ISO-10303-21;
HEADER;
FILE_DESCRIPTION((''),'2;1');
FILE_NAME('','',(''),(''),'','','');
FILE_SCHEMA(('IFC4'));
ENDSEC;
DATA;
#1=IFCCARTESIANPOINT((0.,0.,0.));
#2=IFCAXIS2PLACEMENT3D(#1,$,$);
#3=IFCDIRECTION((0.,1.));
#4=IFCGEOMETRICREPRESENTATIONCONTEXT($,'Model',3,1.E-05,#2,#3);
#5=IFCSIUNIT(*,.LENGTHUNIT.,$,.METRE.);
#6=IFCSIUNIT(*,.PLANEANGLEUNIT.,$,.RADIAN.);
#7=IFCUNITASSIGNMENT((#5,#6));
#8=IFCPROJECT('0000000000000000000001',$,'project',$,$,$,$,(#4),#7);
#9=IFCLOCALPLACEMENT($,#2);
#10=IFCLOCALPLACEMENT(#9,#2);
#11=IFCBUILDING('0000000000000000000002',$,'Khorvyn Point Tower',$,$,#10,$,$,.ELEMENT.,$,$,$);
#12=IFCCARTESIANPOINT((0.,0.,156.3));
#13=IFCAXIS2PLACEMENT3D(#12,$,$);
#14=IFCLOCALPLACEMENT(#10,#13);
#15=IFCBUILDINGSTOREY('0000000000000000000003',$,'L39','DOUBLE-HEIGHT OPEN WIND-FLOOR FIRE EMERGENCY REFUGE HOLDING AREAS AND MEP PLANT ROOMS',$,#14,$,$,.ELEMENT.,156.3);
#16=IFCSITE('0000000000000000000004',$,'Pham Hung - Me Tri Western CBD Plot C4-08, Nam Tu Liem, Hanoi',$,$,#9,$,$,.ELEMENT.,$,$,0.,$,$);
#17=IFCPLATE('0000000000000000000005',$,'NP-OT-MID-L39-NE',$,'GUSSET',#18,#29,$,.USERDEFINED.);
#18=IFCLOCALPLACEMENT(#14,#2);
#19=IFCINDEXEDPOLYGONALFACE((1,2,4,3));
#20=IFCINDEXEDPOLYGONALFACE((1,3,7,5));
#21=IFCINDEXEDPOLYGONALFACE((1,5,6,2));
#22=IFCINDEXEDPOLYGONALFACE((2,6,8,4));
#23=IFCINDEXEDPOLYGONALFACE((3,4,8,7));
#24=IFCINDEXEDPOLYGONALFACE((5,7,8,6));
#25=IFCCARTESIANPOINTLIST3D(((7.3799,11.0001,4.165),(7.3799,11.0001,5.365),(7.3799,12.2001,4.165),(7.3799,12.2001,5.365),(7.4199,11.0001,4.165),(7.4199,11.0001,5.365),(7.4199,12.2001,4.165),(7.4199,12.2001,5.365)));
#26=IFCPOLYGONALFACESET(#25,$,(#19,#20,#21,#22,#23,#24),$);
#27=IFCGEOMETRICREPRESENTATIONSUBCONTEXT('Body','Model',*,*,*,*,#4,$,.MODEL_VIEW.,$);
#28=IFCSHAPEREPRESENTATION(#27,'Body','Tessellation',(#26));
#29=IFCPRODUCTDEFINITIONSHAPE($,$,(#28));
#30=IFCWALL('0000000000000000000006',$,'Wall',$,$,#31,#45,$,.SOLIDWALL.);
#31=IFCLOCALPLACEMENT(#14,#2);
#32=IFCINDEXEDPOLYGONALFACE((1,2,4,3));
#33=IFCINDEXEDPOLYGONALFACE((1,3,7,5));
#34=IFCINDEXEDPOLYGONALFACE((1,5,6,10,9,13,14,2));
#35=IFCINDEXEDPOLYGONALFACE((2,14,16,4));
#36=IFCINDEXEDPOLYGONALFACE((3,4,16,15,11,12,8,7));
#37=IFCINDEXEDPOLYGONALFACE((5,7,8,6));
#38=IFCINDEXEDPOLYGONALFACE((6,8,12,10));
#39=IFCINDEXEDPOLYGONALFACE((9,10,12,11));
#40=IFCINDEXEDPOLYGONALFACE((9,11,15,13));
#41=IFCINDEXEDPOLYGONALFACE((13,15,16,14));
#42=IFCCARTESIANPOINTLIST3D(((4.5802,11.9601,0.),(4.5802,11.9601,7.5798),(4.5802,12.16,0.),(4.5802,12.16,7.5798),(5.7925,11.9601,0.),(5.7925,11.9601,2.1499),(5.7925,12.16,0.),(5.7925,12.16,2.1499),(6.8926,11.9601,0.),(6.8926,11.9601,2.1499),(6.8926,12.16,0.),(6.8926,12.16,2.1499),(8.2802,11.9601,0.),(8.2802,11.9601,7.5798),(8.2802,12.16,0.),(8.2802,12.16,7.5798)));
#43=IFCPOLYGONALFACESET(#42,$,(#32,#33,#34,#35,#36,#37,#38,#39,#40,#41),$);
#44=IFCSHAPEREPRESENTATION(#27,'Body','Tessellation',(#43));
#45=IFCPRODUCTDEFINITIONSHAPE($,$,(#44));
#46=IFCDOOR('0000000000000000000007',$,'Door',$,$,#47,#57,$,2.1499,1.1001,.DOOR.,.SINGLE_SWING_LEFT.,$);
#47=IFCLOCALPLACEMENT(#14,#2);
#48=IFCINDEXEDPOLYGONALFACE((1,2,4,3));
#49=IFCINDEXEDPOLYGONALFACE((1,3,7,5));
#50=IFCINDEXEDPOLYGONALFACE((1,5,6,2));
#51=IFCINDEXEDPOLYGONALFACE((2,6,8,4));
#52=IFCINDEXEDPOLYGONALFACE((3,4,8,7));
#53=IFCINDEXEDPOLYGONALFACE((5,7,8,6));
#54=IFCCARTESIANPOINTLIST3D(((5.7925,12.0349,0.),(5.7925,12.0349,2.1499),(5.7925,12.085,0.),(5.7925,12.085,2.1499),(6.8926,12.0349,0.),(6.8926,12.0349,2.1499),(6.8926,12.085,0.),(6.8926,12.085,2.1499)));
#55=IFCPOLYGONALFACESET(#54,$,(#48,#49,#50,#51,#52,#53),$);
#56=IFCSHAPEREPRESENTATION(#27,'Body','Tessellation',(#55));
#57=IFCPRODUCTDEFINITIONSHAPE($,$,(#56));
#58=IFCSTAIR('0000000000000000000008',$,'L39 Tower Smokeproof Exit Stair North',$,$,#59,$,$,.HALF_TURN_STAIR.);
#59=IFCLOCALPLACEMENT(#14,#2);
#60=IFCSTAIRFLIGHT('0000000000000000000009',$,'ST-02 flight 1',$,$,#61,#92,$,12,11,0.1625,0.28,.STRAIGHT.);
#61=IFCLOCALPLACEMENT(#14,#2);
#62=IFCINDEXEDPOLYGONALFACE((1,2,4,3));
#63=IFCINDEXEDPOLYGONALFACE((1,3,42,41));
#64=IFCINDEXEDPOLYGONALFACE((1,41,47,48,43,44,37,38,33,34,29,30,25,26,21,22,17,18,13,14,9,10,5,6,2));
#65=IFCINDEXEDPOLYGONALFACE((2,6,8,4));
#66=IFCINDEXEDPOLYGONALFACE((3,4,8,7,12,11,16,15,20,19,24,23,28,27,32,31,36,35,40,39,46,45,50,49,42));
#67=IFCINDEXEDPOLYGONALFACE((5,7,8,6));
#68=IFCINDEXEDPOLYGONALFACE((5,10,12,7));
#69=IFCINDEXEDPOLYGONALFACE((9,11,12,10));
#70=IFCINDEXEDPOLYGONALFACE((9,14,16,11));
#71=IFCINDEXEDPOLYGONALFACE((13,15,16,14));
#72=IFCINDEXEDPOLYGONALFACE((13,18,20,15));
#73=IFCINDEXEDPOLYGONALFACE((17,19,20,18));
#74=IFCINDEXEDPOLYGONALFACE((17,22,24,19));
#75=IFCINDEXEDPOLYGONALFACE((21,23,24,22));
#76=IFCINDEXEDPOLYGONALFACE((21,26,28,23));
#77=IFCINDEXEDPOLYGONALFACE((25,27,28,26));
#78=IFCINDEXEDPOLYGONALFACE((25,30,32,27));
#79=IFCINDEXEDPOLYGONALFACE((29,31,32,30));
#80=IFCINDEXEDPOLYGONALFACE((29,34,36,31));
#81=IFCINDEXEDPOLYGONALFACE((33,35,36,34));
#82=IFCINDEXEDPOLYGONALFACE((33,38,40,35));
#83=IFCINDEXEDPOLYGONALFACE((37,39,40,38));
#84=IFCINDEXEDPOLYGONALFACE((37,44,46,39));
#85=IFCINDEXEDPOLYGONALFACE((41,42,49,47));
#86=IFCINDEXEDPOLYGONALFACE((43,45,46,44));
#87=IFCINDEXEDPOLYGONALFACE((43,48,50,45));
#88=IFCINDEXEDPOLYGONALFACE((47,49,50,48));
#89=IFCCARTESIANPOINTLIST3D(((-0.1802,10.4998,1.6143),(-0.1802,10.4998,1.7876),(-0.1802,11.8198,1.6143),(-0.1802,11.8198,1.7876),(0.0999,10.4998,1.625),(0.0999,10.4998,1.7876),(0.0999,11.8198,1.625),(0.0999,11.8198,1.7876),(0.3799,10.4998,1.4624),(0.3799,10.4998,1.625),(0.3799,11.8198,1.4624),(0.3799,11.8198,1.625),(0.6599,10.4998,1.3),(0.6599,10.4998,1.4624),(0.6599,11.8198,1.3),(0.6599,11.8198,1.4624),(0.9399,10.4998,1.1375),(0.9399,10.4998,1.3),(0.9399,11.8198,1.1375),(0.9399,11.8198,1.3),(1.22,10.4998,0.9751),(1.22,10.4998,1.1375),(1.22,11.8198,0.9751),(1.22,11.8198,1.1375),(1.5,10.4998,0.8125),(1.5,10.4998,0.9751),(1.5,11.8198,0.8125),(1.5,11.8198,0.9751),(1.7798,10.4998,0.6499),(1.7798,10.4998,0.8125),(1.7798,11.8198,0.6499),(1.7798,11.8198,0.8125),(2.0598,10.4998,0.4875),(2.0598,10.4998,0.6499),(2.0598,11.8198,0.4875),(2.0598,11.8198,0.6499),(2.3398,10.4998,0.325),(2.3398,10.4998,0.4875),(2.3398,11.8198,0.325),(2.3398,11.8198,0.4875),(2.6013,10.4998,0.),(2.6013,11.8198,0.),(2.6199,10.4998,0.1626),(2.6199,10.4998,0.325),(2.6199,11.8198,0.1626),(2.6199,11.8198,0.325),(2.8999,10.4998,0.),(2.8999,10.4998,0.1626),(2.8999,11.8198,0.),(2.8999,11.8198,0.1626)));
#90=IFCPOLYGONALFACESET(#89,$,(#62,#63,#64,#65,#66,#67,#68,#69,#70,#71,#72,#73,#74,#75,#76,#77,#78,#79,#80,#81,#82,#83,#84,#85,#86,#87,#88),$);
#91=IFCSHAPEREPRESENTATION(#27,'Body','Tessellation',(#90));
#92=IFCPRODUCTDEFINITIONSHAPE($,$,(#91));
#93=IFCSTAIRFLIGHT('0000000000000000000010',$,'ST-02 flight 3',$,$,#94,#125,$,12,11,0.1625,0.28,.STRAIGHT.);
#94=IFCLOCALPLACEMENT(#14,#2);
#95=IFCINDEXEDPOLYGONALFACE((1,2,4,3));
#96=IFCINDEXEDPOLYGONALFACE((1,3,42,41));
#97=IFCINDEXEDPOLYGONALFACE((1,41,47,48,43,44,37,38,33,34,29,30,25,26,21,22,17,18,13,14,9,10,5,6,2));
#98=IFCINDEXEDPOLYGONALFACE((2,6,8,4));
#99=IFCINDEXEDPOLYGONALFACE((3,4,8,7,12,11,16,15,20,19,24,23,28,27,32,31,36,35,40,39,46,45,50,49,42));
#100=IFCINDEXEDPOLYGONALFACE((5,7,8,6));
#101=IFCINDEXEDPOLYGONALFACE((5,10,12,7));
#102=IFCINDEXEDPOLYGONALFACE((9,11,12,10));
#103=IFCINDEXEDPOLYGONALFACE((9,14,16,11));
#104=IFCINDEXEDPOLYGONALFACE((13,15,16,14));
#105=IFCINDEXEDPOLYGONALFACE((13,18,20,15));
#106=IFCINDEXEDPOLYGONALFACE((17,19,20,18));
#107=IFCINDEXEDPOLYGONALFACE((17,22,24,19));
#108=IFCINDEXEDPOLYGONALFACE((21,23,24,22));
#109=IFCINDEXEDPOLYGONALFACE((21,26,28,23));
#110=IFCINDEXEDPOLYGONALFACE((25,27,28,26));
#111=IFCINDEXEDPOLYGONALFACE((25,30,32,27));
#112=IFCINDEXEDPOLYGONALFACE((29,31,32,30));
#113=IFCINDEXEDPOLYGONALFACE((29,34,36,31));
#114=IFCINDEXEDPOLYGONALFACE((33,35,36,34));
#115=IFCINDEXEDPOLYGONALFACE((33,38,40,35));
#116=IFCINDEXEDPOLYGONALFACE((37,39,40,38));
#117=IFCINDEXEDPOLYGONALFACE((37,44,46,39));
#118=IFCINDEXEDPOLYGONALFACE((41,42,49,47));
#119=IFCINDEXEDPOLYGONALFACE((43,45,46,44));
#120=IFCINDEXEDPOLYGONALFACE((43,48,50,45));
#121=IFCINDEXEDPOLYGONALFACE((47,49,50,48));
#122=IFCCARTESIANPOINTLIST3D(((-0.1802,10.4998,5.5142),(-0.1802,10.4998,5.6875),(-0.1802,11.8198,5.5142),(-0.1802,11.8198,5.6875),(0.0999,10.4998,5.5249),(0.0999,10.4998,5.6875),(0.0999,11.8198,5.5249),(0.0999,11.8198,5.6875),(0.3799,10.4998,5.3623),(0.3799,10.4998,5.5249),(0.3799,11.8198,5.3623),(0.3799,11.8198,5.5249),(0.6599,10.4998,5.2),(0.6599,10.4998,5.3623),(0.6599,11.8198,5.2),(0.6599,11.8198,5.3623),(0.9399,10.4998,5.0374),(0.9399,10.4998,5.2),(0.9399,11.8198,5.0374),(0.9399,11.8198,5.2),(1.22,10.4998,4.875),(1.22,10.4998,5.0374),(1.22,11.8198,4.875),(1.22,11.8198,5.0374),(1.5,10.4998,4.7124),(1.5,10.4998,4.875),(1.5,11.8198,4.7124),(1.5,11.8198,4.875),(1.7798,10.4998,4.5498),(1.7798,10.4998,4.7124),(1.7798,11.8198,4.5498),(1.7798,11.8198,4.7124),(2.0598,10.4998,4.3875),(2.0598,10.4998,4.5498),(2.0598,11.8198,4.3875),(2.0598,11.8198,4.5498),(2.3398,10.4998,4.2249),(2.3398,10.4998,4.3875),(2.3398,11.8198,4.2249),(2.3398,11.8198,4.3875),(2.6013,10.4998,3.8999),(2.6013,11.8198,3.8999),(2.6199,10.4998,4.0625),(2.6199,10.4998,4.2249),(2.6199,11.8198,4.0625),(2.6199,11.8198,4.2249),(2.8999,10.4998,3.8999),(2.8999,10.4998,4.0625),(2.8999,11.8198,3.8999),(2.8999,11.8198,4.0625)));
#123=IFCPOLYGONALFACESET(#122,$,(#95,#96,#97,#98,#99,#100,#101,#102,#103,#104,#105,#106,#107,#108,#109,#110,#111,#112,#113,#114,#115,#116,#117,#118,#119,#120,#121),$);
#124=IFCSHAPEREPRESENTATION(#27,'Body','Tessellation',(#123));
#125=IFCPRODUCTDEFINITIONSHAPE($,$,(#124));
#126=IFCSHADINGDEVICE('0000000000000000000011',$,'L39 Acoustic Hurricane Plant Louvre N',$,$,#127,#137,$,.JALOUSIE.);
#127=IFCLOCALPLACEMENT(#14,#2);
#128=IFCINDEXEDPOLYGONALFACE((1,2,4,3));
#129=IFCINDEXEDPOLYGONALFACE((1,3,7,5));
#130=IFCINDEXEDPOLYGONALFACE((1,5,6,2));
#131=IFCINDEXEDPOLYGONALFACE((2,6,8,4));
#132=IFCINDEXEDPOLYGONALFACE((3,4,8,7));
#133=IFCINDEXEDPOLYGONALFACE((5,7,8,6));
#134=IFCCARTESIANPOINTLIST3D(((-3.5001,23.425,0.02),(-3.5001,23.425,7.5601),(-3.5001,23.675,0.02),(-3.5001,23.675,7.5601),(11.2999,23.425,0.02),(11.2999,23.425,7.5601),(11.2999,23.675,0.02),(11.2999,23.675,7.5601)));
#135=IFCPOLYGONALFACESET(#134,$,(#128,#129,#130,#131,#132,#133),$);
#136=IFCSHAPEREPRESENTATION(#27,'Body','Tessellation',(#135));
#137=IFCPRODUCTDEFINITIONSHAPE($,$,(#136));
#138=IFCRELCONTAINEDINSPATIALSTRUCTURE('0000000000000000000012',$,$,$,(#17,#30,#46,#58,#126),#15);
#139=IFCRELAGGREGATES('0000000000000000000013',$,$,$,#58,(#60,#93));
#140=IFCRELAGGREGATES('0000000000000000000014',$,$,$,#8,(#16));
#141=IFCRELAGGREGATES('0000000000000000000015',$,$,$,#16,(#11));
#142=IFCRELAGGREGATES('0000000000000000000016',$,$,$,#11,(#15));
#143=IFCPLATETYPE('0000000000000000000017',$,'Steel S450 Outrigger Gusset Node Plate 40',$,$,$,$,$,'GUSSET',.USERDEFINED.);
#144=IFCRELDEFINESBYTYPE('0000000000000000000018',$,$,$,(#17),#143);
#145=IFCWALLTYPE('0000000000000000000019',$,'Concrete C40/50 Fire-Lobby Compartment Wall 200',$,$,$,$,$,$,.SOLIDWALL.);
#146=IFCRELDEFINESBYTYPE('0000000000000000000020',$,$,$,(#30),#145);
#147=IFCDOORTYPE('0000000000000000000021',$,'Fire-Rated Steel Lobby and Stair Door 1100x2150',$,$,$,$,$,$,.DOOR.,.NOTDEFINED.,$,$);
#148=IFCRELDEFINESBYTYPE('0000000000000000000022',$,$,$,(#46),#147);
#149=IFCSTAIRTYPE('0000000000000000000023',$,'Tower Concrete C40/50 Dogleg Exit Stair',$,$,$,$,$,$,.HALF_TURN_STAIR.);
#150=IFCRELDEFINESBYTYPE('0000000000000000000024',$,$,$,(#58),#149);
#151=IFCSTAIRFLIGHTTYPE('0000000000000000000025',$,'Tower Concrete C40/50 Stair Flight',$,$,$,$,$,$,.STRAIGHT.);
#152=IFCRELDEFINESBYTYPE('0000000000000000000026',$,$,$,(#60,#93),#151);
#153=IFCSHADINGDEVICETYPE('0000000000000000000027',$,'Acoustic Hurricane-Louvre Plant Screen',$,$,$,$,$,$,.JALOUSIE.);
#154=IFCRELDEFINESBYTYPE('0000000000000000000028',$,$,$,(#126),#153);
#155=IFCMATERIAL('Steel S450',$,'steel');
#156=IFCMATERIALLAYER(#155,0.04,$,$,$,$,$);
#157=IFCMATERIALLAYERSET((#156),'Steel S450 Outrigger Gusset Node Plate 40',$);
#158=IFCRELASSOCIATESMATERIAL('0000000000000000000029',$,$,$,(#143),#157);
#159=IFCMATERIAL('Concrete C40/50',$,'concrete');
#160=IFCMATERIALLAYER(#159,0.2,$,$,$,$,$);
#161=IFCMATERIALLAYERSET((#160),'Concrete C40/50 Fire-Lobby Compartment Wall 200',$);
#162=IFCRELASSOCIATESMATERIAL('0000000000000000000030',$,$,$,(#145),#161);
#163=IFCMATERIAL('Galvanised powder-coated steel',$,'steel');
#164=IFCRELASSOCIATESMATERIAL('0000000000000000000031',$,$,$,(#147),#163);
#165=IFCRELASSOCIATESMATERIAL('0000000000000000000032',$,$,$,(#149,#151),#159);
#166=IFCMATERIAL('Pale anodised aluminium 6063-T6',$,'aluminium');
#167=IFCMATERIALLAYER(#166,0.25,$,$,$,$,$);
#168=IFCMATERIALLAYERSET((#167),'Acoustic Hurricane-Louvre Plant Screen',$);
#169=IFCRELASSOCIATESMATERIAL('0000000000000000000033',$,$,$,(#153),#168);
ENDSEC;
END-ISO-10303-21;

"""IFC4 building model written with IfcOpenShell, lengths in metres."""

from ifc_helpers import new_model, si_unit, direction, frame, frame_2d, origin, origin_2d, place, context, subcontext, project, spatial, polyline, rectangle, outline, extrude, material, layer, layer_set, type_object, element, fill, aggregate, save


model = new_model("IFC4")

# Units and contexts
model_context = context("Model", 3, precision=1e-05, world=origin(), true_north=direction((0.0, 1.0)))
body_context = subcontext(model_context, "Body", "Model", "MODEL_VIEW")
ifc_project = project(units=[si_unit("LENGTHUNIT", "METRE"), si_unit("PLANEANGLEUNIT", "RADIAN")], contexts=[model_context])

# Site, building, storey
site_placement = place(None, origin())
site = spatial("IfcSite", under=ifc_project, at=site_placement, Name="Pham Hung - Me Tri Western CBD Plot C4-08, Nam Tu Liem, Hanoi", CompositionType="ELEMENT", RefElevation=0.0)
building_placement = place(site_placement, origin())
building = spatial("IfcBuilding", under=site, at=building_placement, Name="Khorvyn Point Tower", CompositionType="ELEMENT")
storey_placement = place(building_placement, frame((0.0, 0.0, 156.3)))
storey = spatial("IfcBuildingStorey", under=building, at=storey_placement, Name="L39", Description="DOUBLE-HEIGHT OPEN WIND-FLOOR FIRE EMERGENCY REFUGE HOLDING AREAS AND MEP PLANT ROOMS", CompositionType="ELEMENT", Elevation=156.3)

# Shared definitions
ifc_material_1 = material(Name="Steel S450", Category="steel")

# Plate
ifc_layer_1 = layer(ifc_material_1, 0.04)
ifc_layer_set_1 = layer_set([ifc_layer_1], Name="Steel S450 Outrigger Gusset Node Plate 40")
plate_type = type_object("IfcPlateType", Name="Steel S450 Outrigger Gusset Node Plate 40", ElementType="GUSSET", PredefinedType="USERDEFINED", material=ifc_layer_set_1)
for number, where, z_axis, x_axis, name in (
    (1, (7.3999, 11.6001, 4.165), (0.0, 0.0, 1.0), (1.0, 0.0, 0.0), "NP-OT-MID-L39-NE"),
):
    element("IfcPlate", number, at=place(storey_placement, frame(where, z_axis=z_axis, x_axis=x_axis)), inside=storey, type_object=plate_type, Name=name, ObjectType="GUSSET", PredefinedType="USERDEFINED", context=body_context, shape_type="SweptSolid", body=[
        extrude(rectangle(XDim=0.04, YDim=1.2, at=origin_2d()), origin(), (0.0, 0.0, 1.0), 1.2),
    ])

# Wall, opening, door
ifc_material_2 = material(Name="Concrete C40/50", Category="concrete")
ifc_layer_2 = layer(ifc_material_2, 0.2)
ifc_layer_set_2 = layer_set([ifc_layer_2], Name="Concrete C40/50 Fire-Lobby Compartment Wall 200")
wall_type_1 = type_object("IfcWallType", Name="Concrete C40/50 Fire-Lobby Compartment Wall 200", PredefinedType="SOLIDWALL", material=ifc_layer_set_2)
wall_1_placement = place(storey_placement, frame((4.5801, 12.0601, 0.0), z_axis=(0.0, 0.0, 1.0), x_axis=(1.0, 0.0, 0.0)))
wall_1 = element("IfcWall", 2, at=wall_1_placement, inside=storey, type_object=wall_type_1, Name="Wall", PredefinedType="SOLIDWALL", context=body_context, shape_type="SweptSolid", body=[
    extrude(rectangle(XDim=3.7, YDim=0.2, at=frame_2d((1.8501, 0.0))), origin(), (0.0, 0.0, 1.0), 7.5798),
])
opening_1_placement = place(wall_1_placement, frame((1.2124, 0.0, 0.0)))
opening_1 = element("IfcOpeningElement", 3, at=opening_1_placement, cuts=wall_1, PredefinedType="OPENING", context=body_context, shape_type="SweptSolid", body=[
    extrude(rectangle(XDim=1.1001, YDim=2.1499, at=frame_2d((0.55, 1.075))), frame((0.0, 0.1099, 0.0), z_axis=(0.0, -1.0, 0.0), x_axis=(1.0, 0.0, 0.0)), (0.0, 0.0, 1.0), 0.22),
])
ifc_material_3 = material(Name="Galvanised powder-coated steel", Category="steel")
door_type = type_object("IfcDoorType", Name="Fire-Rated Steel Lobby and Stair Door 1100x2150", OperationType="NOTDEFINED", PredefinedType="DOOR", material=ifc_material_3)
door_1_placement = place(opening_1_placement, origin())
door_1 = element("IfcDoor", 4, at=door_1_placement, inside=storey, type_object=door_type, Name="Door", OperationType="SINGLE_SWING_LEFT", OverallHeight=2.1499, OverallWidth=1.1001, PredefinedType="DOOR", context=body_context, shape_type="SweptSolid", body=[
    extrude(rectangle(XDim=1.1001, YDim=2.1499, at=frame_2d((0.55, 1.075))), frame((0.0, 0.0249, 0.0), z_axis=(0.0, -1.0, 0.0), x_axis=(1.0, 0.0, 0.0)), (0.0, 0.0, 1.0), 0.05),
])
fill(opening_1, door_1)

# Stair, stair flights
stair_type = type_object("IfcStairType", Name="Tower Concrete C40/50 Dogleg Exit Stair", PredefinedType="HALF_TURN_STAIR", material=ifc_material_2)
stair_placement = place(storey_placement, origin())
stair = element("IfcStair", 5, at=stair_placement, inside=storey, type_object=stair_type, Name="L39 Tower Smokeproof Exit Stair North", PredefinedType="HALF_TURN_STAIR")
stair_flight_type = type_object("IfcStairFlightType", Name="Tower Concrete C40/50 Stair Flight", PredefinedType="STRAIGHT", material=ifc_material_2)
stair_flight_1_placement = place(storey_placement, frame((2.8999, 11.1599, 0.0), z_axis=(0.0, 0.0, 1.0), x_axis=(-1.0, 0.0, 0.0)))
stair_flight_1 = element("IfcStairFlight", 6, at=stair_flight_1_placement, type_object=stair_flight_type, Name="ST-02 flight 1", NumberOfRisers=12, NumberOfTreads=11, PredefinedType="STRAIGHT", RiserHeight=0.1625, TreadLength=0.28, context=body_context, shape_type="SweptSolid", body=[
    extrude(outline(polyline([(0.0, 0.0), (0.0, 0.1626), (0.28, 0.1626), (0.28, 0.325), (0.5601, 0.325), (0.5601, 0.4875), (0.8401, 0.4875), (0.8401, 0.6499), (1.1201, 0.6499), (1.1201, 0.8125), (1.3999, 0.8125), (1.3999, 0.9751), (1.6799, 0.9751), (1.6799, 1.1375), (1.96, 1.1375), (1.96, 1.3), (2.24, 1.3), (2.24, 1.4624), (2.52, 1.4624), (2.52, 1.625), (2.8, 1.625), (2.8, 1.7876), (3.0801, 1.7876), (3.0801, 1.95), (3.0801, 1.6143), (0.2986, 0.0), (0.0, 0.0)])), frame((0.0, 0.6602, 0.0), z_axis=(0.0, -1.0, 0.0), x_axis=(1.0, 0.0, 0.0)), (0.0, 0.0, 1.0), 1.3201),
])
stair_flight_2_placement = place(storey_placement, frame((2.8999, 11.1599, 3.8999), z_axis=(0.0, 0.0, 1.0), x_axis=(-1.0, 0.0, 0.0)))
stair_flight_2 = element("IfcStairFlight", 7, at=stair_flight_2_placement, type_object=stair_flight_type, Name="ST-02 flight 3", NumberOfRisers=12, NumberOfTreads=11, PredefinedType="STRAIGHT", RiserHeight=0.1625, TreadLength=0.28, context=body_context, shape_type="SweptSolid", body=[
    extrude(outline(polyline([(0.0, 0.0), (0.0, 0.1626), (0.28, 0.1626), (0.28, 0.325), (0.5601, 0.325), (0.5601, 0.4875), (0.8401, 0.4875), (0.8401, 0.6499), (1.1201, 0.6499), (1.1201, 0.8125), (1.3999, 0.8125), (1.3999, 0.9751), (1.6799, 0.9751), (1.6799, 1.1375), (1.96, 1.1375), (1.96, 1.3), (2.24, 1.3), (2.24, 1.4624), (2.52, 1.4624), (2.52, 1.625), (2.8, 1.625), (2.8, 1.7876), (3.0801, 1.7876), (3.0801, 1.95), (3.0801, 1.6143), (0.2986, 0.0), (0.0, 0.0)])), frame((0.0, 0.6602, 0.0), z_axis=(0.0, -1.0, 0.0), x_axis=(1.0, 0.0, 0.0)), (0.0, 0.0, 1.0), 1.3201),
])
aggregate(stair, [stair_flight_1, stair_flight_2])

# Shading device
ifc_material_4 = material(Name="Pale anodised aluminium 6063-T6", Category="aluminium")
ifc_layer_3 = layer(ifc_material_4, 0.25)
ifc_layer_set_3 = layer_set([ifc_layer_3], Name="Acoustic Hurricane-Louvre Plant Screen")
shading_device_type = type_object("IfcShadingDeviceType", Name="Acoustic Hurricane-Louvre Plant Screen", PredefinedType="JALOUSIE", material=ifc_layer_set_3)
shading_device_placement = place(storey_placement, frame((3.8999, 23.55, 0.02), z_axis=(0.0, 0.0, 1.0), x_axis=(1.0, 0.0, 0.0)))
element("IfcShadingDevice", 8, at=shading_device_placement, inside=storey, type_object=shading_device_type, Name="L39 Acoustic Hurricane Plant Louvre N", PredefinedType="JALOUSIE", context=body_context, shape_type="SweptSolid", body=[
    extrude(rectangle(XDim=14.8, YDim=0.25, at=origin_2d()), origin(), (0.0, 0.0, 1.0), 7.54),
])

save(model, "model.ifc")
